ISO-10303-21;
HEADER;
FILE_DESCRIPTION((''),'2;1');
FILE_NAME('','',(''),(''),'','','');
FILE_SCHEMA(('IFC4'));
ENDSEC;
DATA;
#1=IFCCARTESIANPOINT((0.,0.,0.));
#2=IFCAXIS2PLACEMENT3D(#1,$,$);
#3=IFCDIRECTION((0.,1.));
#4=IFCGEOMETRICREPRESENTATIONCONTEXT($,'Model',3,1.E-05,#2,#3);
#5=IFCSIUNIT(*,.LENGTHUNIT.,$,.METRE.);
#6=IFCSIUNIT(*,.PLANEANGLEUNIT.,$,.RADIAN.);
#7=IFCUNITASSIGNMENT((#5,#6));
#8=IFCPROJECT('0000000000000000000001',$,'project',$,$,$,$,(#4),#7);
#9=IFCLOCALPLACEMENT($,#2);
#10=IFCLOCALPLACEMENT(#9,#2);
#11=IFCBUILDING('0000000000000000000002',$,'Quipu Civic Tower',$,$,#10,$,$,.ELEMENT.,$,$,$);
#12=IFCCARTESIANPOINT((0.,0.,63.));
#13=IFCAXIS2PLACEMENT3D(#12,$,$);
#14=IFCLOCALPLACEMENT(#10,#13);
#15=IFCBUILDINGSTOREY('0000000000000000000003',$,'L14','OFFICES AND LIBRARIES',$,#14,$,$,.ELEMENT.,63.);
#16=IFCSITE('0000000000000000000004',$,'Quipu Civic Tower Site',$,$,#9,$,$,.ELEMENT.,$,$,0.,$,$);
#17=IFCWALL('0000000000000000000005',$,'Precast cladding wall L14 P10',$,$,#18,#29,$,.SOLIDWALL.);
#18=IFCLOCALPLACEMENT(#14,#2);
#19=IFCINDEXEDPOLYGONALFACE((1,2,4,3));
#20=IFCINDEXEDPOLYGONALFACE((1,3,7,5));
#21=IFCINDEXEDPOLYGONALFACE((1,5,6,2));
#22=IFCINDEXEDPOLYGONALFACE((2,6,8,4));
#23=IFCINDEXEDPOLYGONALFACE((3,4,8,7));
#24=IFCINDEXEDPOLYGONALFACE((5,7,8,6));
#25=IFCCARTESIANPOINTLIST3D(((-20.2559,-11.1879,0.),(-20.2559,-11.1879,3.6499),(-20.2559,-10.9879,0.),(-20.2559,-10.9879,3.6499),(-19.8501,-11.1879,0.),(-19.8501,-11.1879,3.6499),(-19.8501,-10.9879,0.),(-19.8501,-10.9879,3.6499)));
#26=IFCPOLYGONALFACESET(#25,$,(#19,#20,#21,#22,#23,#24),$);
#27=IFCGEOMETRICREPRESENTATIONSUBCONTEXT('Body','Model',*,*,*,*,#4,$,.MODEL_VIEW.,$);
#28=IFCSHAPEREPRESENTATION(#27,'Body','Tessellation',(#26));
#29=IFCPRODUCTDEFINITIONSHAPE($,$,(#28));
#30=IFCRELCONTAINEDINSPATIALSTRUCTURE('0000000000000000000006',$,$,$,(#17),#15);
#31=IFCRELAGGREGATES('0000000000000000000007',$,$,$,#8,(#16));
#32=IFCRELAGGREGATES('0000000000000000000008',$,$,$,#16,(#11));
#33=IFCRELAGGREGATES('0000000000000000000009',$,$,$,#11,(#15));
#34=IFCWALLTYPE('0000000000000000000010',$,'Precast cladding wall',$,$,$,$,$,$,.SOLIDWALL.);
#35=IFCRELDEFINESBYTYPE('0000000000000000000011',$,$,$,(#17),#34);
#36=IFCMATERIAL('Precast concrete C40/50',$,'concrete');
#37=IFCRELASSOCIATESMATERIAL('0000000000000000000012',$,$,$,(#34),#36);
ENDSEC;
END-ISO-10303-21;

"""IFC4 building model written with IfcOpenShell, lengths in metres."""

from ifc_helpers import new_model, si_unit, direction, frame, frame_2d, origin, place, context, subcontext, project, spatial, rectangle, extrude, material, type_object, element, save


model = new_model("IFC4")

# Units and contexts
model_context = context("Model", 3, precision=1e-05, world=origin(), true_north=direction((0.0, 1.0)))
body_context = subcontext(model_context, "Body", "Model", "MODEL_VIEW")
ifc_project = project(units=[si_unit("LENGTHUNIT", "METRE"), si_unit("PLANEANGLEUNIT", "RADIAN")], contexts=[model_context])

# Site, building, storey
site_placement = place(None, origin())
site = spatial("IfcSite", under=ifc_project, at=site_placement, Name="Quipu Civic Tower Site", CompositionType="ELEMENT", RefElevation=0.0)
building_placement = place(site_placement, origin())
building = spatial("IfcBuilding", under=site, at=building_placement, Name="Quipu Civic Tower", CompositionType="ELEMENT")
storey_placement = place(building_placement, frame((0.0, 0.0, 63.0)))
storey = spatial("IfcBuildingStorey", under=building, at=storey_placement, Name="L14", Description="OFFICES AND LIBRARIES", CompositionType="ELEMENT", Elevation=63.0)

# Wall
ifc_material_1 = material(Name="Precast concrete C40/50", Category="concrete")
wall_type_1 = type_object("IfcWallType", Name="Precast cladding wall", PredefinedType="SOLIDWALL", material=ifc_material_1)
wall_1_placement = place(storey_placement, frame((-20.2559, -11.0879, 0.0), z_axis=(0.0, 0.0, 1.0), x_axis=(1.0, 0.0, 0.0)))
element("IfcWall", 1, at=wall_1_placement, inside=storey, type_object=wall_type_1, Name="Precast cladding wall L14 P10", PredefinedType="SOLIDWALL", context=body_context, shape_type="SweptSolid", body=[
    extrude(rectangle(XDim=0.4058, YDim=0.2, at=frame_2d((0.2029, 0.0))), origin(), (0.0, 0.0, 1.0), 3.6499),
])

save(model, "model.ifc")
